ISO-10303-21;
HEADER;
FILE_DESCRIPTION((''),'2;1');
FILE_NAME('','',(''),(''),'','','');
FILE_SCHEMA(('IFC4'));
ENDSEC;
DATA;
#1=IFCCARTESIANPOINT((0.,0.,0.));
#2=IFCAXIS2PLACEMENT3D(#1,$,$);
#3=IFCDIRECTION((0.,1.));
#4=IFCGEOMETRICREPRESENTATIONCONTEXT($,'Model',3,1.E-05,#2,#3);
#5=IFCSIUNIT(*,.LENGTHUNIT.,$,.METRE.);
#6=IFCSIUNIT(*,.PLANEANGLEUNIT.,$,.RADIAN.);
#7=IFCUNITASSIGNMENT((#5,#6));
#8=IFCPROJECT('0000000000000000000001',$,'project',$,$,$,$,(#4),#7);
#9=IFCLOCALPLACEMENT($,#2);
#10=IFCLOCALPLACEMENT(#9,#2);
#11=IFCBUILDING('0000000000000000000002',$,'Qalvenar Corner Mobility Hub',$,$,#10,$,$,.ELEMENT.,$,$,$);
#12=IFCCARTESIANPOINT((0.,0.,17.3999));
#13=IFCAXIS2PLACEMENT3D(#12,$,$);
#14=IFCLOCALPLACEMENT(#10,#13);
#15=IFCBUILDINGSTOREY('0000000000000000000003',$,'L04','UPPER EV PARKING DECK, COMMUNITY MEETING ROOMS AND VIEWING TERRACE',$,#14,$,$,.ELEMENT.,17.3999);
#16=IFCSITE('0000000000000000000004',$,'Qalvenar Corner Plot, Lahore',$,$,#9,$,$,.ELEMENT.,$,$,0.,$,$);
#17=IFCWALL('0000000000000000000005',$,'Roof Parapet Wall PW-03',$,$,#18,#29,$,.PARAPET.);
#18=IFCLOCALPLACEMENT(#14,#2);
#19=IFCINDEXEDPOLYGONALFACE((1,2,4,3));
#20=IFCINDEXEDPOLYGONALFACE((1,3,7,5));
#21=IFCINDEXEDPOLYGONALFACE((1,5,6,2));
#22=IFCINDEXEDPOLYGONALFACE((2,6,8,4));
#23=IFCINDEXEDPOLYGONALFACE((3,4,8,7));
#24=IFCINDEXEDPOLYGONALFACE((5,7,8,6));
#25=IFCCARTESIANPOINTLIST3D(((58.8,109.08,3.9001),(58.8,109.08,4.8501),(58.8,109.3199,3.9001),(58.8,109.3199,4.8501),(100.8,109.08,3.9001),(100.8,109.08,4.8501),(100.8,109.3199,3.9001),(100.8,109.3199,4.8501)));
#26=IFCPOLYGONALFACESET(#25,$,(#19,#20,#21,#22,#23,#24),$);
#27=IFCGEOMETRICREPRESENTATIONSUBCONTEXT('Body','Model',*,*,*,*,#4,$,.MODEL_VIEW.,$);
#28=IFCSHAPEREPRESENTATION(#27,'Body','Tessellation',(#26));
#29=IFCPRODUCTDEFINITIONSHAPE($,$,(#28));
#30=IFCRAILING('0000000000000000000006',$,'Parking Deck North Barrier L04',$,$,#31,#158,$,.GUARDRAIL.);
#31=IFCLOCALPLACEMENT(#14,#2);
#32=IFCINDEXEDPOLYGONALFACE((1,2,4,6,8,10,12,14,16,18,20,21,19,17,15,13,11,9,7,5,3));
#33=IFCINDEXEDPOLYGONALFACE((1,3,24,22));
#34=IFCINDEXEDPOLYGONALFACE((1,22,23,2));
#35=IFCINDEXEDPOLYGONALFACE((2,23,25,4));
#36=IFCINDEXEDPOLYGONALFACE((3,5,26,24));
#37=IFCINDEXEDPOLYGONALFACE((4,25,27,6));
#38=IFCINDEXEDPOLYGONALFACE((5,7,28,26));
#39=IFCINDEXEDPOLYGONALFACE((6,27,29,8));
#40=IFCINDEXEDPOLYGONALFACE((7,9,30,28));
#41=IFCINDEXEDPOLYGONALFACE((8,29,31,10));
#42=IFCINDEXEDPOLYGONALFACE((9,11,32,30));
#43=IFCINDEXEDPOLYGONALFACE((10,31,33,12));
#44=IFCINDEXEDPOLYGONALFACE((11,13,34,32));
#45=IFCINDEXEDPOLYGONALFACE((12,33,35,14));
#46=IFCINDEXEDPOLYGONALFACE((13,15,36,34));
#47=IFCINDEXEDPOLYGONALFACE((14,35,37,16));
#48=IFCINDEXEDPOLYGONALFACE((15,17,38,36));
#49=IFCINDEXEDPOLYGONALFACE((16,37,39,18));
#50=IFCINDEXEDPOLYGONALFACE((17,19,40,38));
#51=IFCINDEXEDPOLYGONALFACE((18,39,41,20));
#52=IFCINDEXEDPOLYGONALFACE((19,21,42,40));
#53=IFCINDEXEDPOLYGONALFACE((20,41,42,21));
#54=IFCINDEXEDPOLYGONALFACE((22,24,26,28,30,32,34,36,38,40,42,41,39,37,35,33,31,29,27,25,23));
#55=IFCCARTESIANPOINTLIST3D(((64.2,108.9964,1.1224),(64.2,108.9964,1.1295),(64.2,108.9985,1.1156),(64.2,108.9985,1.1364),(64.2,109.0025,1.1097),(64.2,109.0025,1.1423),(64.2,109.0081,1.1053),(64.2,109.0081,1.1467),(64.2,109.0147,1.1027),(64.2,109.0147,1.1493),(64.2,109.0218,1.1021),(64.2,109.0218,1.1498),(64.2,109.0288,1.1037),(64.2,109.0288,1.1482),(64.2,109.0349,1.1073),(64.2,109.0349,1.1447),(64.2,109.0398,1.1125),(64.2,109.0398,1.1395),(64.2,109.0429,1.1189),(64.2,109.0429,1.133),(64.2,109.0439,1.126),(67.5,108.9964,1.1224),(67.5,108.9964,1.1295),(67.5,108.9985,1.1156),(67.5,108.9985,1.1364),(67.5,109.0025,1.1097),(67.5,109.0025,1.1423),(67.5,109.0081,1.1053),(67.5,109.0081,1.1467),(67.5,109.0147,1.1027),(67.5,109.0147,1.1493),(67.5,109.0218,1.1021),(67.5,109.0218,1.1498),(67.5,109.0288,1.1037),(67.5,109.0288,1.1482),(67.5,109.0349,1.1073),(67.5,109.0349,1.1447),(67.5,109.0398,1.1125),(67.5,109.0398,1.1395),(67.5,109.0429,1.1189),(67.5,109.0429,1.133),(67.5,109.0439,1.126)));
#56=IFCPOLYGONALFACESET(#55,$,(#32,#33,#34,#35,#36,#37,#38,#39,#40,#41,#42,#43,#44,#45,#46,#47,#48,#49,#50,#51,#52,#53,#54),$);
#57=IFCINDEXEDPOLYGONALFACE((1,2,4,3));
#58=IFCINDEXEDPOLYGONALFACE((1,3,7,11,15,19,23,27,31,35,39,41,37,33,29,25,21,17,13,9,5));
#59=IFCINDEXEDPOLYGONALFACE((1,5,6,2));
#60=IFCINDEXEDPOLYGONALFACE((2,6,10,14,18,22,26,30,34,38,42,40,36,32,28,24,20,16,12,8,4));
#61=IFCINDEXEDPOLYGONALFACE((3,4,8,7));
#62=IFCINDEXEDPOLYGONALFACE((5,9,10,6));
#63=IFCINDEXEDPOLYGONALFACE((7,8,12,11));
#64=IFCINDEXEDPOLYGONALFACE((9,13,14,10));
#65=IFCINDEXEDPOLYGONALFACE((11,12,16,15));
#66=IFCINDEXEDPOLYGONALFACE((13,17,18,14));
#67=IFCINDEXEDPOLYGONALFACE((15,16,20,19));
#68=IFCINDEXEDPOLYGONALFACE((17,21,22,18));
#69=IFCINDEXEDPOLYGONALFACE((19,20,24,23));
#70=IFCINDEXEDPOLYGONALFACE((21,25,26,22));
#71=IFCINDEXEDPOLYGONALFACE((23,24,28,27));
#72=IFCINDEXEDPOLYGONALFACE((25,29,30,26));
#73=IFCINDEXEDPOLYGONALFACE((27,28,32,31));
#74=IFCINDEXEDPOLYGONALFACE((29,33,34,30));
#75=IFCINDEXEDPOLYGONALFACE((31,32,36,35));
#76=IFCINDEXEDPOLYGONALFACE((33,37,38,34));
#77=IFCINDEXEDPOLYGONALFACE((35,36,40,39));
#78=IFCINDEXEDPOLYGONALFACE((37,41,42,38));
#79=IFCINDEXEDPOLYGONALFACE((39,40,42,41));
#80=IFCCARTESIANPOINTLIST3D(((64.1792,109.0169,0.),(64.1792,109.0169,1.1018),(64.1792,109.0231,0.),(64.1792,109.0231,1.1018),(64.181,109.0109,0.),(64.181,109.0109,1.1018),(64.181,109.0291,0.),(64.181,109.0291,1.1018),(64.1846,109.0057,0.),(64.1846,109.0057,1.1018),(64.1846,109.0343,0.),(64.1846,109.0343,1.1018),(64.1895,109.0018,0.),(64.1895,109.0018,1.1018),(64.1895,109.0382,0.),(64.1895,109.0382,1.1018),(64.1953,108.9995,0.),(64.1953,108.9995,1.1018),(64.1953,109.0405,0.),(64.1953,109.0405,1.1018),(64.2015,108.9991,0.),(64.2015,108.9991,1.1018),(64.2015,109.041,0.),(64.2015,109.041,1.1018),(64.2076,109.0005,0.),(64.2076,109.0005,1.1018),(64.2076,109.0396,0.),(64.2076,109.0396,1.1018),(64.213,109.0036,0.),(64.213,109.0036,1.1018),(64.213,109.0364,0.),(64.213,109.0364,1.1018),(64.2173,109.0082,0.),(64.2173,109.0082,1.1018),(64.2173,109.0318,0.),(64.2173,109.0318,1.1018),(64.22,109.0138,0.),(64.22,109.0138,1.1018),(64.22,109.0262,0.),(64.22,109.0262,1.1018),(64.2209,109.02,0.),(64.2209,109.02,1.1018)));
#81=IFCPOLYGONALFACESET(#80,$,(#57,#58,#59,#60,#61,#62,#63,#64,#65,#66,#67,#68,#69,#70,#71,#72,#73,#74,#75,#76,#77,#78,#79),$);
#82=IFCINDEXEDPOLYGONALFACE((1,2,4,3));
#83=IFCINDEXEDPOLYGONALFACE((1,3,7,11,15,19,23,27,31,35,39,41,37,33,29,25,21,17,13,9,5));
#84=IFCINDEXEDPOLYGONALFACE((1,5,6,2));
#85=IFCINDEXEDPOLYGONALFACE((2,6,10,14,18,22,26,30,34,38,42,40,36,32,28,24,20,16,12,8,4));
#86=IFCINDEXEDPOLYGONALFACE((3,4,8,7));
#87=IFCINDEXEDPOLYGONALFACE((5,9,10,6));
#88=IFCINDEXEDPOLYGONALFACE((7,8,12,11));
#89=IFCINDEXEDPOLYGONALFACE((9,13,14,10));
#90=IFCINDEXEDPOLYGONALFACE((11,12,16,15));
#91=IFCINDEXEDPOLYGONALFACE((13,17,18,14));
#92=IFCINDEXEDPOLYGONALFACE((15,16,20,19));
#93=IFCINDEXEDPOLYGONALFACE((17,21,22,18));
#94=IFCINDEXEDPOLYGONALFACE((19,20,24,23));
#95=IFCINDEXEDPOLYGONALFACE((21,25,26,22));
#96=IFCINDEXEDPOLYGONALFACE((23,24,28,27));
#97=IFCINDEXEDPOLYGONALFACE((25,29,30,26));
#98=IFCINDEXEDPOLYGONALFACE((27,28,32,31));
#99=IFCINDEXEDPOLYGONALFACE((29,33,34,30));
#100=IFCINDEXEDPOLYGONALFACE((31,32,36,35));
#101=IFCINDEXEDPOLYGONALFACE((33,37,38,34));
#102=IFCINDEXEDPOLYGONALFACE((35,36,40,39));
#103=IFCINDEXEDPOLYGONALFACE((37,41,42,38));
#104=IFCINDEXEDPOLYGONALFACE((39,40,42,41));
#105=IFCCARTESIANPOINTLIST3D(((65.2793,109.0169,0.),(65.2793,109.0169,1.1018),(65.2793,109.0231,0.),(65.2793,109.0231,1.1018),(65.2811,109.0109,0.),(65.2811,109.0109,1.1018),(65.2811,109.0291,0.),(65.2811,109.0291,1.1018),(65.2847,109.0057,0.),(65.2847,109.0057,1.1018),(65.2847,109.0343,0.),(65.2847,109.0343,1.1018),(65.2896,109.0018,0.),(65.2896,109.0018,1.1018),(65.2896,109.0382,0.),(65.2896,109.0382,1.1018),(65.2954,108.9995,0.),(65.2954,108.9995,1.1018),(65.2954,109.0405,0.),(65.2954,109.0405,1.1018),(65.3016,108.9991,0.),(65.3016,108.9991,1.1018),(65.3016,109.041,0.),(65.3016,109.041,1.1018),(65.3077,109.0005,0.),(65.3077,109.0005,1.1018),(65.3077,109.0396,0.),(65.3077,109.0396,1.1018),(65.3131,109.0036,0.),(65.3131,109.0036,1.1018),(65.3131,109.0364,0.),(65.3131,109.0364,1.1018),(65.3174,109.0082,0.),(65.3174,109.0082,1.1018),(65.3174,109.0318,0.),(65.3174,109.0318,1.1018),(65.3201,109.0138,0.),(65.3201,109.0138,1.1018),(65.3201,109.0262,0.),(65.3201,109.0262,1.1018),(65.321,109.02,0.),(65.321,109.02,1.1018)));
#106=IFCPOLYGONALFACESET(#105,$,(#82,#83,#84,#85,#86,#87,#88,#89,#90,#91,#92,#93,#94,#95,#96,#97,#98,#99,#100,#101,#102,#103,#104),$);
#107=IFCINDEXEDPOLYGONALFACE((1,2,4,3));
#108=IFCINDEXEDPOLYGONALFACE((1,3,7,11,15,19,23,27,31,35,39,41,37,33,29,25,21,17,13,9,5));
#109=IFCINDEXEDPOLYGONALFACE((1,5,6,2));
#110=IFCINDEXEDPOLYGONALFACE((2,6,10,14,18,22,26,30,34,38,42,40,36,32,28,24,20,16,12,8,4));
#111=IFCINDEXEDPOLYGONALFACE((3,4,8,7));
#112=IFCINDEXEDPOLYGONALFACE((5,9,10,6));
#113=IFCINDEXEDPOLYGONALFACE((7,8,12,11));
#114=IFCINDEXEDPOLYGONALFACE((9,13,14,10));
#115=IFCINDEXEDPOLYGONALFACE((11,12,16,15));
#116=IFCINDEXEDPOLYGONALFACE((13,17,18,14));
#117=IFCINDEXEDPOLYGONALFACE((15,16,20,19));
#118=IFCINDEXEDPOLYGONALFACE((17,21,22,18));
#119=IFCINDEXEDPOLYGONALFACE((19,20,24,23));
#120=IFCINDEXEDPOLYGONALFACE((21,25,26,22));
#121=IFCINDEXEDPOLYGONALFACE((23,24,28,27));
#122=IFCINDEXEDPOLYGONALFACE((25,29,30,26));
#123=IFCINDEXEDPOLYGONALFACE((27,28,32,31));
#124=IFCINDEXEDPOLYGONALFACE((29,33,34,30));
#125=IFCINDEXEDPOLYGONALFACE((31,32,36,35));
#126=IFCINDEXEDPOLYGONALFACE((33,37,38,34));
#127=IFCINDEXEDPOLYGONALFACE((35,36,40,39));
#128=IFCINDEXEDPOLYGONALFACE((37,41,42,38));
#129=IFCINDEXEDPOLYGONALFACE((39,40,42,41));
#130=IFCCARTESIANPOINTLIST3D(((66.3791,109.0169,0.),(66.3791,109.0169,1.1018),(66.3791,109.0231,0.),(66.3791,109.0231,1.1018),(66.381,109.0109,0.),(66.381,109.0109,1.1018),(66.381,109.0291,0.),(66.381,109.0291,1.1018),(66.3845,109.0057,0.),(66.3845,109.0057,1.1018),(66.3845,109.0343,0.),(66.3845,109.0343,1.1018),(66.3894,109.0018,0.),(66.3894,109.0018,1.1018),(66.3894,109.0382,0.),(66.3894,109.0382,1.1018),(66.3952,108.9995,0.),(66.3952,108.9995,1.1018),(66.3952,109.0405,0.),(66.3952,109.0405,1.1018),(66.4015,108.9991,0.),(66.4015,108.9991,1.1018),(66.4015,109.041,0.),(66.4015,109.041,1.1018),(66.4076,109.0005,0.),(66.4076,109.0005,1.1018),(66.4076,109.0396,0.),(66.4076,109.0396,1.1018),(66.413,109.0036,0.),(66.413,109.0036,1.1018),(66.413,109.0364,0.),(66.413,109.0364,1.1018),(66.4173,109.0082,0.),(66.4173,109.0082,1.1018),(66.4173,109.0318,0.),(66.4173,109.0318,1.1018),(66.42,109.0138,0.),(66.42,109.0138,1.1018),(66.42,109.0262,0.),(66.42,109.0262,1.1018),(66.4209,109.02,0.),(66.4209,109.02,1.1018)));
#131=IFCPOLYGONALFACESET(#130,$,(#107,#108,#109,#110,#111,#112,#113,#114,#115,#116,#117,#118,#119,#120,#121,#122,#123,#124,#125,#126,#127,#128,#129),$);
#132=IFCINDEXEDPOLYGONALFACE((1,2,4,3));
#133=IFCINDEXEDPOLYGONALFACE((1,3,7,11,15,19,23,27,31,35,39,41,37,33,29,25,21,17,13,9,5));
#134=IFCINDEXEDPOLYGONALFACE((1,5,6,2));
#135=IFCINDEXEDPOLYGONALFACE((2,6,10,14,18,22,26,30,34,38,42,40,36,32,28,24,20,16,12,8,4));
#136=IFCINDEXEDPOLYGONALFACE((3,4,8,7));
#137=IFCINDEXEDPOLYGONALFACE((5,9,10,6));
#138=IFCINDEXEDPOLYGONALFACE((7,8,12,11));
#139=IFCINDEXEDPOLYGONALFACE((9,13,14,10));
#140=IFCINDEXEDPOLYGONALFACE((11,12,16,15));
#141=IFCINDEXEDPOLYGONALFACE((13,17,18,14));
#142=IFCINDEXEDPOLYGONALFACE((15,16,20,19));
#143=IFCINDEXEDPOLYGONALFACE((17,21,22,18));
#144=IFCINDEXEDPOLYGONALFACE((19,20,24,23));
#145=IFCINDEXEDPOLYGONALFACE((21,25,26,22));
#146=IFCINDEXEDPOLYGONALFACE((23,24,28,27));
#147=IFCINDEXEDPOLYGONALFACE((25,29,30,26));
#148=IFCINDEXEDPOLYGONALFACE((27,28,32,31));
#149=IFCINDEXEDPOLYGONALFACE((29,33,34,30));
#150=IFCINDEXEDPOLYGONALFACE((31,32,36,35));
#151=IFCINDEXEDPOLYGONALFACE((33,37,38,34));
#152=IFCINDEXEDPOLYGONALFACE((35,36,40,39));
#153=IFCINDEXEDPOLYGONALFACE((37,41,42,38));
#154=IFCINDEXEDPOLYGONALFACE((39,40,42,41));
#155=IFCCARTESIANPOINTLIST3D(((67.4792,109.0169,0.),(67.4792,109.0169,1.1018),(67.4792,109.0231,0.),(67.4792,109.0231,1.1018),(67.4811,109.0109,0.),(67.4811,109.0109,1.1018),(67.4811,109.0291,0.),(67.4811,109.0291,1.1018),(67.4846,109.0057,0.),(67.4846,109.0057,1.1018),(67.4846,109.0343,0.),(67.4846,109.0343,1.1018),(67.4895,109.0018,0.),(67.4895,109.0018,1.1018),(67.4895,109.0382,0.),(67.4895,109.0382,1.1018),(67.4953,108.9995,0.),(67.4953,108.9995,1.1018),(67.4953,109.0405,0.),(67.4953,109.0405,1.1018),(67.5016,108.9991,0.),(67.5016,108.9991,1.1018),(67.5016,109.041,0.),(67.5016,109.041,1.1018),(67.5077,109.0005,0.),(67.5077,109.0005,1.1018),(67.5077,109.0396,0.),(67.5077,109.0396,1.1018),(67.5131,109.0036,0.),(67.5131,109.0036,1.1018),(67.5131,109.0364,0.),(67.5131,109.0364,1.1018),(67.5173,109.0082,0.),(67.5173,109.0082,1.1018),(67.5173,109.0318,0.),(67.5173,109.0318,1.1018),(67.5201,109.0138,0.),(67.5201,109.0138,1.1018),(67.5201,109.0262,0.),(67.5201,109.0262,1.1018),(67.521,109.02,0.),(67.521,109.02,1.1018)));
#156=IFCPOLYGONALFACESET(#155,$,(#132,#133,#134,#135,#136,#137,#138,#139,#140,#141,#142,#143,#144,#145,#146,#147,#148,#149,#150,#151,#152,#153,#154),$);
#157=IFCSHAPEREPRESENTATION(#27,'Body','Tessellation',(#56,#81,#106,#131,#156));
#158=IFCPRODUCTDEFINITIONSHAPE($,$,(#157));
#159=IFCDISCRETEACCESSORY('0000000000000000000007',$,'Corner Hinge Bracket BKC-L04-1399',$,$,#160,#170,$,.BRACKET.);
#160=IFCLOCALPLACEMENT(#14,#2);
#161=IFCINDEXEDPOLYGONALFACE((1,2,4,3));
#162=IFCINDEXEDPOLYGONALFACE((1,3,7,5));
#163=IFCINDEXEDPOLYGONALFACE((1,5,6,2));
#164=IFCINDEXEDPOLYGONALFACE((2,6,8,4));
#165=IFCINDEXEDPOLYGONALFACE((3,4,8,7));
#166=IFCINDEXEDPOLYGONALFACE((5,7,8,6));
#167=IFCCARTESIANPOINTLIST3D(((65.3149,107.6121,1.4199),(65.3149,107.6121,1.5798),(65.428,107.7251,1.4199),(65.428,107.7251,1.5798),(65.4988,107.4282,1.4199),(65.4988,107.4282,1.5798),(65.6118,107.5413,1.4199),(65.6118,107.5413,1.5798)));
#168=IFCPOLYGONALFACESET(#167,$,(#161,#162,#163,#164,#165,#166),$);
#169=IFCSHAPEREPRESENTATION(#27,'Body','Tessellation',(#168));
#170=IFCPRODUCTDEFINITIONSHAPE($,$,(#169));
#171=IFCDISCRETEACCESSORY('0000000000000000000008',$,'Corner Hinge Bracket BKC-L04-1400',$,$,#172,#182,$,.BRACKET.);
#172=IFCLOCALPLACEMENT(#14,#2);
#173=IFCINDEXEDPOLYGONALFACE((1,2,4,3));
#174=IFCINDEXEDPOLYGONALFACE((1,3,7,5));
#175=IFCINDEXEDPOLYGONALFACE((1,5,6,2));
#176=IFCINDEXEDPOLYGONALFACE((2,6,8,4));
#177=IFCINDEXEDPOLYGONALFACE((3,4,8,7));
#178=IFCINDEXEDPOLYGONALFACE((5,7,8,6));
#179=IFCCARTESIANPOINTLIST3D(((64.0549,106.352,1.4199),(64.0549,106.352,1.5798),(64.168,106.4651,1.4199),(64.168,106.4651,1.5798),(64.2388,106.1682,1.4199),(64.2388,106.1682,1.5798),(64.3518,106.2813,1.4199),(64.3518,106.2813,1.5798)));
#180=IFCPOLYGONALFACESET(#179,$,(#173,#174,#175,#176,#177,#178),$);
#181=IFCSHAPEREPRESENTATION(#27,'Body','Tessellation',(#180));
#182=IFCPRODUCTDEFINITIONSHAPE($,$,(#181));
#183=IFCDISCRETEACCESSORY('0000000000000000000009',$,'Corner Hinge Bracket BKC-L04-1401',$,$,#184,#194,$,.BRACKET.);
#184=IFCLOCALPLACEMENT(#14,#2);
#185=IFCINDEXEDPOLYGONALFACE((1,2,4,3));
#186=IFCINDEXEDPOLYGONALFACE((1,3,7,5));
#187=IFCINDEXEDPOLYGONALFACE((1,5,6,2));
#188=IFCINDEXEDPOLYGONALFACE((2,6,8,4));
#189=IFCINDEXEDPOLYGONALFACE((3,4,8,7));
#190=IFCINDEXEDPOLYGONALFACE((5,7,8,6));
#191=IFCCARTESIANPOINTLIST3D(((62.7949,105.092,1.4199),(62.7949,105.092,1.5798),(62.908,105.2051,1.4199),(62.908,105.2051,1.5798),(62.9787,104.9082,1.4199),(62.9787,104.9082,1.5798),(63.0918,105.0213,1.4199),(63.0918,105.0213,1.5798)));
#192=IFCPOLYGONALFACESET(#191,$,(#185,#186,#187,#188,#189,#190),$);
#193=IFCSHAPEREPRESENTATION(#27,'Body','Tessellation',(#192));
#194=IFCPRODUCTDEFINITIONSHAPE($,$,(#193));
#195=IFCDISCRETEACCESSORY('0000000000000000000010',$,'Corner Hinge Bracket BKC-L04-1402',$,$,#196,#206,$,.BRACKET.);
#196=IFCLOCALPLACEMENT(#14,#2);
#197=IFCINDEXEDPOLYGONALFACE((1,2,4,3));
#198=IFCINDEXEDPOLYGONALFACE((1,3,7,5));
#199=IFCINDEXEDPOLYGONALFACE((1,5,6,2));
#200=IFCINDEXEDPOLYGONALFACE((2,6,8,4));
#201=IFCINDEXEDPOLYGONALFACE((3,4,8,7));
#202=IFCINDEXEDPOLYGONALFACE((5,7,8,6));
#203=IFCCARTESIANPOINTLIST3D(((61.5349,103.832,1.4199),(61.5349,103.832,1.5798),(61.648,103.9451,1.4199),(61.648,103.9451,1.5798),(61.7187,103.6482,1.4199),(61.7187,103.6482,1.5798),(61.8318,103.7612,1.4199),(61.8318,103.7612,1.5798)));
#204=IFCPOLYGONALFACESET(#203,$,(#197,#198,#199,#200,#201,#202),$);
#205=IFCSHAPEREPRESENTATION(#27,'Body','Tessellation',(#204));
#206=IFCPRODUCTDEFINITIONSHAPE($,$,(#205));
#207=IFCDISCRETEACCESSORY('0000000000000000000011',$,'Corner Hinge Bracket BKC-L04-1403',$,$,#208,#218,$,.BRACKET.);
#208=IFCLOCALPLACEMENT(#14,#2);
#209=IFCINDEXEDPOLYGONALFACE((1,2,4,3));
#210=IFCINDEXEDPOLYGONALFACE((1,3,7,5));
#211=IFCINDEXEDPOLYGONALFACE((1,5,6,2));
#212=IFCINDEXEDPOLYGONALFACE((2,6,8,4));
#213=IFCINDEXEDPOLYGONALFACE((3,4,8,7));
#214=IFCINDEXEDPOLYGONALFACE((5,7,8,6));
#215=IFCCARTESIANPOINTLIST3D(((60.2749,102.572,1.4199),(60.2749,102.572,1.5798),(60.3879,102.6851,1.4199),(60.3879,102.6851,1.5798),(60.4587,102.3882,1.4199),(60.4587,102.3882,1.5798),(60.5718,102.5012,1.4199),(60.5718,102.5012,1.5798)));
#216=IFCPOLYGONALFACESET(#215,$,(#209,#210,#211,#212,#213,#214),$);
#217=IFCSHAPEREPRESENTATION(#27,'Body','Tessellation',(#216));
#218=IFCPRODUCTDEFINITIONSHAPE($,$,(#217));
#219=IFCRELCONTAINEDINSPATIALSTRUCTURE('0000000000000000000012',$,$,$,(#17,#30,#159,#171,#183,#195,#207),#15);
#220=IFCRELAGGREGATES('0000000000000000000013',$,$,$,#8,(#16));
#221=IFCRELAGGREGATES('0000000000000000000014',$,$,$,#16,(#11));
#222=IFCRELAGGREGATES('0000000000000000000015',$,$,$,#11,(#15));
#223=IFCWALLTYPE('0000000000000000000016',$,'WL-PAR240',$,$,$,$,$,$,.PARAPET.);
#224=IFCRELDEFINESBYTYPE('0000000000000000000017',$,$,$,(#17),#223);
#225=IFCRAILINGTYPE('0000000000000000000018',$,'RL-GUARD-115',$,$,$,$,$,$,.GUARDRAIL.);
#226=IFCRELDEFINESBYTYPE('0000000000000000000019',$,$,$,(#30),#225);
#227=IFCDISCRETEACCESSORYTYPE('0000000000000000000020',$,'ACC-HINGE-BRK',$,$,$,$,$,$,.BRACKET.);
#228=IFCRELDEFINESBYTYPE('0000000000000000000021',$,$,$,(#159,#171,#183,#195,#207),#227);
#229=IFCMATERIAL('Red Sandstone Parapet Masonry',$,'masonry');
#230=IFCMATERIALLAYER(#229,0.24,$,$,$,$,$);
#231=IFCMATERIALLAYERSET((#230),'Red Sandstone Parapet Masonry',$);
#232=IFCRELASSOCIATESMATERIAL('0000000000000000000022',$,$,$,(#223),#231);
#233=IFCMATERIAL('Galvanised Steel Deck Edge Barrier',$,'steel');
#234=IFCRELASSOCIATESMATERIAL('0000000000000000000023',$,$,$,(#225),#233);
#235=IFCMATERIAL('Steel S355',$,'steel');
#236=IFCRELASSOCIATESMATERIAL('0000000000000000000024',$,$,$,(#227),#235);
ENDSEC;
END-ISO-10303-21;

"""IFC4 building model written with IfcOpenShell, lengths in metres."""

from ifc_helpers import new_model, si_unit, direction, frame, frame_2d, origin, origin_2d, place, context, subcontext, project, spatial, rectangle, circle, extrude, material, layer, layer_set, type_object, element, save


model = new_model("IFC4")

# Units and contexts
model_context = context("Model", 3, precision=1e-05, world=origin(), true_north=direction((0.0, 1.0)))
body_context = subcontext(model_context, "Body", "Model", "MODEL_VIEW")
ifc_project = project(units=[si_unit("LENGTHUNIT", "METRE"), si_unit("PLANEANGLEUNIT", "RADIAN")], contexts=[model_context])

# Site, building, storey
site_placement = place(None, origin())
site = spatial("IfcSite", under=ifc_project, at=site_placement, Name="Qalvenar Corner Plot, Lahore", CompositionType="ELEMENT", RefElevation=0.0)
building_placement = place(site_placement, origin())
building = spatial("IfcBuilding", under=site, at=building_placement, Name="Qalvenar Corner Mobility Hub", CompositionType="ELEMENT")
storey_placement = place(building_placement, frame((0.0, 0.0, 17.3999)))
storey = spatial("IfcBuildingStorey", under=building, at=storey_placement, Name="L04", Description="UPPER EV PARKING DECK, COMMUNITY MEETING ROOMS AND VIEWING TERRACE", CompositionType="ELEMENT", Elevation=17.3999)

# Shared definitions
ifc_material_1 = material(Name="Steel S355", Category="steel")

# Wall
ifc_material_2 = material(Name="Red Sandstone Parapet Masonry", Category="masonry")
ifc_layer_1 = layer(ifc_material_2, 0.24)
ifc_layer_set_1 = layer_set([ifc_layer_1], Name="Red Sandstone Parapet Masonry")
wall_type_1 = type_object("IfcWallType", Name="WL-PAR240", PredefinedType="PARAPET", material=ifc_layer_set_1)
wall_1_placement = place(storey_placement, frame((58.8, 109.2, 3.9001), z_axis=(0.0, 0.0, 1.0), x_axis=(1.0, 0.0, 0.0)))
element("IfcWall", 1, at=wall_1_placement, inside=storey, type_object=wall_type_1, Name="Roof Parapet Wall PW-03", PredefinedType="PARAPET", context=body_context, shape_type="SweptSolid", body=[
    extrude(rectangle(XDim=42.0, YDim=0.24, at=frame_2d((21.0, 0.0))), origin(), (0.0, 0.0, 1.0), 0.95),
])

# Railing
ifc_material_3 = material(Name="Galvanised Steel Deck Edge Barrier", Category="steel")
railing_type = type_object("IfcRailingType", Name="RL-GUARD-115", PredefinedType="GUARDRAIL", material=ifc_material_3)
railing_1_placement = place(storey_placement, frame((64.2, 109.02, 0.0)))
element("IfcRailing", 2, at=railing_1_placement, inside=storey, type_object=railing_type, Name="Parking Deck North Barrier L04", PredefinedType="GUARDRAIL", context=body_context, shape_type="SweptSolid", body=[
    extrude(circle(Radius=0.0239, at=origin_2d()), frame((0.0, 0.0, 1.126), z_axis=(1.0, 0.0, 0.0), x_axis=(0.0, 1.0, 0.0)), (0.0, 0.0, 1.0), 3.3),
    extrude(circle(Radius=0.021, at=origin_2d()), origin(), (0.0, 0.0, 1.0), 1.1018),
    extrude(circle(Radius=0.021, at=origin_2d()), frame((1.1001, 0.0, 0.0)), (0.0, 0.0, 1.0), 1.1018),
    extrude(circle(Radius=0.021, at=origin_2d()), frame((2.2, 0.0, 0.0)), (0.0, 0.0, 1.0), 1.1018),
    extrude(circle(Radius=0.021, at=origin_2d()), frame((3.3, 0.0, 0.0)), (0.0, 0.0, 1.0), 1.1018),
])

# Discrete accessories
discrete_accessory_type = type_object("IfcDiscreteAccessoryType", Name="ACC-HINGE-BRK", PredefinedType="BRACKET", material=ifc_material_1)
for number, where, z_axis, x_axis, name in (
    (3, (65.4634, 107.5767, 1.4199), (0.0, 0.0, 1.0), (-0.707107, -0.707107, 0.0), "Corner Hinge Bracket BKC-L04-1399"),
    (4, (64.2034, 106.3167, 1.4199), (0.0, 0.0, 1.0), (-0.707107, -0.707107, 0.0), "Corner Hinge Bracket BKC-L04-1400"),
    (5, (62.9434, 105.0566, 1.4199), (0.0, 0.0, 1.0), (-0.707107, -0.707107, 0.0), "Corner Hinge Bracket BKC-L04-1401"),
    (6, (61.6833, 103.7966, 1.4199), (0.0, 0.0, 1.0), (-0.707107, -0.707107, 0.0), "Corner Hinge Bracket BKC-L04-1402"),
    (7, (60.4233, 102.5366, 1.4199), (0.0, 0.0, 1.0), (-0.707107, -0.707107, 0.0), "Corner Hinge Bracket BKC-L04-1403"),
):
    element("IfcDiscreteAccessory", number, at=place(storey_placement, frame(where, z_axis=z_axis, x_axis=x_axis)), inside=storey, type_object=discrete_accessory_type, Name=name, PredefinedType="BRACKET", context=body_context, shape_type="SweptSolid", body=[
        extrude(rectangle(XDim=0.1599, YDim=0.26, at=origin_2d()), origin(), (0.0, 0.0, 1.0), 0.1599),
    ])

save(model, "model.ifc")
